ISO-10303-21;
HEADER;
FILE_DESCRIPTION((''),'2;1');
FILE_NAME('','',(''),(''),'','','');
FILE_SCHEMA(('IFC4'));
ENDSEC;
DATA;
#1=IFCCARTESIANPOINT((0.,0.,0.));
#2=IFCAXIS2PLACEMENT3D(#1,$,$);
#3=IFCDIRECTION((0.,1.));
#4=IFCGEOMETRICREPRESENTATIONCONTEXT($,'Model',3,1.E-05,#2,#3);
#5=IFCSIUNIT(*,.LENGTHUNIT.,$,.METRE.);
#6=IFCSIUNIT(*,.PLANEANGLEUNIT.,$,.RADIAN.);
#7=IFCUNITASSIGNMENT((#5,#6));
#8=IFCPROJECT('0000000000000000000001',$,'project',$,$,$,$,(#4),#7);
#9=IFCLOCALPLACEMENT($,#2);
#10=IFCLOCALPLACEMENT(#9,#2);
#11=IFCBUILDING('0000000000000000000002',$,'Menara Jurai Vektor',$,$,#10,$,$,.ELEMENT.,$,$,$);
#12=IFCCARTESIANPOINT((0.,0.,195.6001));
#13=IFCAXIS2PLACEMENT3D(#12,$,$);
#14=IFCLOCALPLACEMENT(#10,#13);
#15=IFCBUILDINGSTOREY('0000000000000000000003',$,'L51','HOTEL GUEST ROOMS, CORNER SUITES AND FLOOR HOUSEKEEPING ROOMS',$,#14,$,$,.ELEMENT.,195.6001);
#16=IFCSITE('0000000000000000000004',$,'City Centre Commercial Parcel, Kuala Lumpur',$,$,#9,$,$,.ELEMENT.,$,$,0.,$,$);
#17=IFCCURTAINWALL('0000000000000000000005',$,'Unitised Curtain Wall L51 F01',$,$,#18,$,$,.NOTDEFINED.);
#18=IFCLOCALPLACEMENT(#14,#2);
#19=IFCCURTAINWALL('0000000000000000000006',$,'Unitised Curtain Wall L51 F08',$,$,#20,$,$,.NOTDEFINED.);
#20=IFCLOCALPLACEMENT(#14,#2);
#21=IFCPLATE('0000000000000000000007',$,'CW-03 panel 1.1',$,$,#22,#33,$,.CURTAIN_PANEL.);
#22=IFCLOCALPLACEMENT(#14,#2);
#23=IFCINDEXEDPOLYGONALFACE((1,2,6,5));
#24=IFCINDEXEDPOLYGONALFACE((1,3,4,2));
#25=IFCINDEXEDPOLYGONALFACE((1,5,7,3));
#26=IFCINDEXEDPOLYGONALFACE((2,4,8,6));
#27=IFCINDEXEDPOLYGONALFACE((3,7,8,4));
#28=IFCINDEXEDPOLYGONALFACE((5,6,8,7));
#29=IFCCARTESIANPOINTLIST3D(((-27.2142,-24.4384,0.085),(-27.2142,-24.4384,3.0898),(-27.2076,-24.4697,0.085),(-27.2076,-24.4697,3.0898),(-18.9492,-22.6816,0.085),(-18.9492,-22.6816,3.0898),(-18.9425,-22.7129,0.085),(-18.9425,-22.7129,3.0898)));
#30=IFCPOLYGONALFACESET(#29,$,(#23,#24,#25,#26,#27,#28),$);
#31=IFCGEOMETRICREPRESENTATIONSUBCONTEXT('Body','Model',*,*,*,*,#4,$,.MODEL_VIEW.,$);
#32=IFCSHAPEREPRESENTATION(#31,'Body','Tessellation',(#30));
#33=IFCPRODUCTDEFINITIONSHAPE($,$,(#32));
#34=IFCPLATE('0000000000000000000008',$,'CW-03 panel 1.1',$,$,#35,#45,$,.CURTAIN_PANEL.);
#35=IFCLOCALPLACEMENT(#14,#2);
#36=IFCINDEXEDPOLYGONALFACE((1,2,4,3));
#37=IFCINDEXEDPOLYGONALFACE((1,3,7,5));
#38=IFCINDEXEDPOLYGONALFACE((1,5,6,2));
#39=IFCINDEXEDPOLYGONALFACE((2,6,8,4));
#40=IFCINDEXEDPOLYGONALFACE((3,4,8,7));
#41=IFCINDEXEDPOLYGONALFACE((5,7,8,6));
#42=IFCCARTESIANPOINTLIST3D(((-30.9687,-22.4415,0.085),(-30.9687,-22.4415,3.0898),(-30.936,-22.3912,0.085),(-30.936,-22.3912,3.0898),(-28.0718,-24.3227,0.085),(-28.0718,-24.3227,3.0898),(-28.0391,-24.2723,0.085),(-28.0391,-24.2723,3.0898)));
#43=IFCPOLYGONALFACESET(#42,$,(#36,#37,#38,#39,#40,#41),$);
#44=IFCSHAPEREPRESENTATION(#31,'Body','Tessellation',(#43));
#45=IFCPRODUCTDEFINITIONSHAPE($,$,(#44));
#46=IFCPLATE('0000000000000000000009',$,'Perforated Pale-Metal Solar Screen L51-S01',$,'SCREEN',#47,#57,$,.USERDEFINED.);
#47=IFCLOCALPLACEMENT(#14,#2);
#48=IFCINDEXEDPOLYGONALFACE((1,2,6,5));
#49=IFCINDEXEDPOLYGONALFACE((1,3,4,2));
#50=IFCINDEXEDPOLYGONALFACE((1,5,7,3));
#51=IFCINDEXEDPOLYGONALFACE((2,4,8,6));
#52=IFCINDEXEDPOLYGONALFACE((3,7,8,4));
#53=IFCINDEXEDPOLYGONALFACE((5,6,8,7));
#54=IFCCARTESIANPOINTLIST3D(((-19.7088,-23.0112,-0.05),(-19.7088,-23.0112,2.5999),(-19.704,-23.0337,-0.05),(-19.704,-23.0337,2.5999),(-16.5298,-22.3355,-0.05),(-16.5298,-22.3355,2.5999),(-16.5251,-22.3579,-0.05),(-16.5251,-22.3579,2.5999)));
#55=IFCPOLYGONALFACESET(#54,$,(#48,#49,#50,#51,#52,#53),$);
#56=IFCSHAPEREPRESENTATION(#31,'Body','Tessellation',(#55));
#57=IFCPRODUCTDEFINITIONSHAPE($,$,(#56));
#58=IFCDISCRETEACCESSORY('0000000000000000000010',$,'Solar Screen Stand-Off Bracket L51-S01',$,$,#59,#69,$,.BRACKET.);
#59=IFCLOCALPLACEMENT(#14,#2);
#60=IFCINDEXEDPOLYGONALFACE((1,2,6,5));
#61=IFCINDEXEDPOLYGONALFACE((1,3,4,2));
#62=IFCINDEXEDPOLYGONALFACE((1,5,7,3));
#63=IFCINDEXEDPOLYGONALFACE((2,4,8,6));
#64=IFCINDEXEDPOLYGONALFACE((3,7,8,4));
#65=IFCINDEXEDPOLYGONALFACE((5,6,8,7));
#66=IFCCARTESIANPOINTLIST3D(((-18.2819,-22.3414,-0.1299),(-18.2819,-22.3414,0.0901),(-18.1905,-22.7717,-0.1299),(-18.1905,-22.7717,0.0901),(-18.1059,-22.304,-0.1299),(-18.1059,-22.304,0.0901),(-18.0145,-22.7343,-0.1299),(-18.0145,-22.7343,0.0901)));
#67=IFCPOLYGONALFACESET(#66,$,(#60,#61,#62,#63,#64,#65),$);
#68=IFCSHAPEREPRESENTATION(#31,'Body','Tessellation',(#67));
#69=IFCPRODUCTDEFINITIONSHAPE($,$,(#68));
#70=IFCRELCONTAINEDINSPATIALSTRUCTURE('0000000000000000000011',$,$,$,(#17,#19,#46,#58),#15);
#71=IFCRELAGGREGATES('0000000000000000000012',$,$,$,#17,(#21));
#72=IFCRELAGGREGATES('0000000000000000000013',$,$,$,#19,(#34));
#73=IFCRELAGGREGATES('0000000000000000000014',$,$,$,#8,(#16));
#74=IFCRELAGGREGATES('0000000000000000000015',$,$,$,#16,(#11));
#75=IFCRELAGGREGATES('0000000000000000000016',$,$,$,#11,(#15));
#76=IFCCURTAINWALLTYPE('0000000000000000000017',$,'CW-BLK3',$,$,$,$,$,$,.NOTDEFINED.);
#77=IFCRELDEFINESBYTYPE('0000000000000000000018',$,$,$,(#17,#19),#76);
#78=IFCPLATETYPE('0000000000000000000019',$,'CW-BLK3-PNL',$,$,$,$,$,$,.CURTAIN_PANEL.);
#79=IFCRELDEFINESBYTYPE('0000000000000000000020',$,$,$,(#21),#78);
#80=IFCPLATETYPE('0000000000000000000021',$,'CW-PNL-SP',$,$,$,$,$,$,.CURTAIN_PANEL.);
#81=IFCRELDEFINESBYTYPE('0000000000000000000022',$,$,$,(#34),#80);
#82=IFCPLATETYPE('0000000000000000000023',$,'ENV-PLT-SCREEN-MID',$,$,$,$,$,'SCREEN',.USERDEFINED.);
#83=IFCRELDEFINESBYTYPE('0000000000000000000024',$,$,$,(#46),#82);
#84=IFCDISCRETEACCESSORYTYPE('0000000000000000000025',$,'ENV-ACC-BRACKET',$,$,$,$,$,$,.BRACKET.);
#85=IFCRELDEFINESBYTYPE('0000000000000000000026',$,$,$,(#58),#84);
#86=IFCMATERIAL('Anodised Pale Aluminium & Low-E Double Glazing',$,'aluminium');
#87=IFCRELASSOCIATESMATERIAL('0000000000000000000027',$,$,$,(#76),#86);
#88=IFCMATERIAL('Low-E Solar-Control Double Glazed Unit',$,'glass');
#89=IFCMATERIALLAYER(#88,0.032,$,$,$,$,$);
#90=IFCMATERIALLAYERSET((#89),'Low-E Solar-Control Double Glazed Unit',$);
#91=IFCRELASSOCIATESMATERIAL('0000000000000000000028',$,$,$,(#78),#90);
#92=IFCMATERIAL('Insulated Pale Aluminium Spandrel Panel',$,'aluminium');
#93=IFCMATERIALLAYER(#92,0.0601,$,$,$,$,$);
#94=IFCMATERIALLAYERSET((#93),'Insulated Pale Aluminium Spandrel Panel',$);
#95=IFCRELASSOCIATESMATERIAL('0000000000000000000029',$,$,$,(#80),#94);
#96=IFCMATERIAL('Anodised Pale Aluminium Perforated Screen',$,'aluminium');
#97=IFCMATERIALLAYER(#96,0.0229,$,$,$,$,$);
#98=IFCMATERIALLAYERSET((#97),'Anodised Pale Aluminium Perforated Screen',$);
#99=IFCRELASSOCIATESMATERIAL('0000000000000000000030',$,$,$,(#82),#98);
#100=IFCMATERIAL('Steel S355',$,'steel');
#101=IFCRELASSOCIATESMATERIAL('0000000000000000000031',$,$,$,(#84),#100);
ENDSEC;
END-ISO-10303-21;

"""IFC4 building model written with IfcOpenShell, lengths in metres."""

from ifc_helpers import new_model, si_unit, direction, frame, origin, origin_2d, place, context, subcontext, project, spatial, rectangle, extrude, material, layer, layer_set, type_object, element, aggregate, save


model = new_model("IFC4")

# Units and contexts
model_context = context("Model", 3, precision=1e-05, world=origin(), true_north=direction((0.0, 1.0)))
body_context = subcontext(model_context, "Body", "Model", "MODEL_VIEW")
ifc_project = project(units=[si_unit("LENGTHUNIT", "METRE"), si_unit("PLANEANGLEUNIT", "RADIAN")], contexts=[model_context])

# Site, building, storey
site_placement = place(None, origin())
site = spatial("IfcSite", under=ifc_project, at=site_placement, Name="City Centre Commercial Parcel, Kuala Lumpur", CompositionType="ELEMENT", RefElevation=0.0)
building_placement = place(site_placement, origin())
building = spatial("IfcBuilding", under=site, at=building_placement, Name="Menara Jurai Vektor", CompositionType="ELEMENT")
storey_placement = place(building_placement, frame((0.0, 0.0, 195.6001)))
storey = spatial("IfcBuildingStorey", under=building, at=storey_placement, Name="L51", Description="HOTEL GUEST ROOMS, CORNER SUITES AND FLOOR HOUSEKEEPING ROOMS", CompositionType="ELEMENT", Elevation=195.6001)

# Curtain wall
ifc_material_1 = material(Name="Anodised Pale Aluminium & Low-E Double Glazing", Category="aluminium")
curtain_wall_type = type_object("IfcCurtainWallType", Name="CW-BLK3", PredefinedType="NOTDEFINED", material=ifc_material_1)
curtain_wall_1_placement = place(storey_placement, origin())
curtain_wall_1 = element("IfcCurtainWall", 1, at=curtain_wall_1_placement, inside=storey, type_object=curtain_wall_type, Name="Unitised Curtain Wall L51 F01", PredefinedType="NOTDEFINED")

# Curtain wall
curtain_wall_2_placement = place(storey_placement, origin())
curtain_wall_2 = element("IfcCurtainWall", 2, at=curtain_wall_2_placement, inside=storey, type_object=curtain_wall_type, Name="Unitised Curtain Wall L51 F08", PredefinedType="NOTDEFINED")

# Shared definitions
ifc_material_2 = material(Name="Steel S355", Category="steel")

# Plates
ifc_material_3 = material(Name="Low-E Solar-Control Double Glazed Unit", Category="glass")
ifc_layer_1 = layer(ifc_material_3, 0.032)
ifc_layer_set_1 = layer_set([ifc_layer_1], Name="Low-E Solar-Control Double Glazed Unit")
plate_type_1 = type_object("IfcPlateType", Name="CW-BLK3-PNL", PredefinedType="CURTAIN_PANEL", material=ifc_layer_set_1)
plate_1_placement = place(storey_placement, frame((-23.0784, -23.5757, 0.085), z_axis=(0.0, 0.0, 1.0), x_axis=(0.978148, 0.207911, 0.0)))
plate_1 = element("IfcPlate", 3, at=plate_1_placement, type_object=plate_type_1, Name="CW-03 panel 1.1", PredefinedType="CURTAIN_PANEL", context=body_context, shape_type="SweptSolid", body=[
    extrude(rectangle(XDim=8.4497, YDim=0.032, at=origin_2d()), origin(), (0.0, 0.0, 1.0), 3.0049),
])
aggregate(curtain_wall_1, [plate_1])
ifc_material_4 = material(Name="Insulated Pale Aluminium Spandrel Panel", Category="aluminium")
ifc_layer_2 = layer(ifc_material_4, 0.0601)
ifc_layer_set_2 = layer_set([ifc_layer_2], Name="Insulated Pale Aluminium Spandrel Panel")
plate_type_2 = type_object("IfcPlateType", Name="CW-PNL-SP", PredefinedType="CURTAIN_PANEL", material=ifc_layer_set_2)
plate_2_placement = place(storey_placement, frame((-29.5039, -23.3569, 0.085), z_axis=(0.0, 0.0, 1.0), x_axis=(0.838684, -0.544618, 0.0)))
plate_2 = element("IfcPlate", 4, at=plate_2_placement, type_object=plate_type_2, Name="CW-03 panel 1.1", PredefinedType="CURTAIN_PANEL", context=body_context, shape_type="SweptSolid", body=[
    extrude(rectangle(XDim=3.4541, YDim=0.0601, at=origin_2d()), origin(), (0.0, 0.0, 1.0), 3.0049),
])
aggregate(curtain_wall_2, [plate_2])
ifc_material_5 = material(Name="Anodised Pale Aluminium Perforated Screen", Category="aluminium")
ifc_layer_3 = layer(ifc_material_5, 0.0229)
ifc_layer_set_3 = layer_set([ifc_layer_3], Name="Anodised Pale Aluminium Perforated Screen")
plate_type_3 = type_object("IfcPlateType", Name="ENV-PLT-SCREEN-MID", ElementType="SCREEN", PredefinedType="USERDEFINED", material=ifc_layer_set_3)
plate_3_placement = place(storey_placement, frame((-18.1169, -22.6846, -0.05), z_axis=(0.0, 0.0, 1.0), x_axis=(0.978148, 0.207912, 0.0)))
element("IfcPlate", 5, at=plate_3_placement, inside=storey, type_object=plate_type_3, Name="Perforated Pale-Metal Solar Screen L51-S01", ObjectType="SCREEN", PredefinedType="USERDEFINED", context=body_context, shape_type="SweptSolid", body=[
    extrude(rectangle(XDim=3.25, YDim=0.0229, at=origin_2d()), origin(), (0.0, 0.0, 1.0), 2.6499),
])

# Discrete accessory
discrete_accessory_type = type_object("IfcDiscreteAccessoryType", Name="ENV-ACC-BRACKET", PredefinedType="BRACKET", material=ifc_material_2)
discrete_accessory_placement = place(storey_placement, frame((-18.1482, -22.5378, -0.1299), z_axis=(0.0, 0.0, 1.0), x_axis=(0.978148, 0.207912, 0.0)))
element("IfcDiscreteAccessory", 6, at=discrete_accessory_placement, inside=storey, type_object=discrete_accessory_type, Name="Solar Screen Stand-Off Bracket L51-S01", PredefinedType="BRACKET", context=body_context, shape_type="SweptSolid", body=[
    extrude(rectangle(XDim=0.1799, YDim=0.4399, at=origin_2d()), origin(), (0.0, 0.0, 1.0), 0.22),
])

save(model, "model.ifc")
